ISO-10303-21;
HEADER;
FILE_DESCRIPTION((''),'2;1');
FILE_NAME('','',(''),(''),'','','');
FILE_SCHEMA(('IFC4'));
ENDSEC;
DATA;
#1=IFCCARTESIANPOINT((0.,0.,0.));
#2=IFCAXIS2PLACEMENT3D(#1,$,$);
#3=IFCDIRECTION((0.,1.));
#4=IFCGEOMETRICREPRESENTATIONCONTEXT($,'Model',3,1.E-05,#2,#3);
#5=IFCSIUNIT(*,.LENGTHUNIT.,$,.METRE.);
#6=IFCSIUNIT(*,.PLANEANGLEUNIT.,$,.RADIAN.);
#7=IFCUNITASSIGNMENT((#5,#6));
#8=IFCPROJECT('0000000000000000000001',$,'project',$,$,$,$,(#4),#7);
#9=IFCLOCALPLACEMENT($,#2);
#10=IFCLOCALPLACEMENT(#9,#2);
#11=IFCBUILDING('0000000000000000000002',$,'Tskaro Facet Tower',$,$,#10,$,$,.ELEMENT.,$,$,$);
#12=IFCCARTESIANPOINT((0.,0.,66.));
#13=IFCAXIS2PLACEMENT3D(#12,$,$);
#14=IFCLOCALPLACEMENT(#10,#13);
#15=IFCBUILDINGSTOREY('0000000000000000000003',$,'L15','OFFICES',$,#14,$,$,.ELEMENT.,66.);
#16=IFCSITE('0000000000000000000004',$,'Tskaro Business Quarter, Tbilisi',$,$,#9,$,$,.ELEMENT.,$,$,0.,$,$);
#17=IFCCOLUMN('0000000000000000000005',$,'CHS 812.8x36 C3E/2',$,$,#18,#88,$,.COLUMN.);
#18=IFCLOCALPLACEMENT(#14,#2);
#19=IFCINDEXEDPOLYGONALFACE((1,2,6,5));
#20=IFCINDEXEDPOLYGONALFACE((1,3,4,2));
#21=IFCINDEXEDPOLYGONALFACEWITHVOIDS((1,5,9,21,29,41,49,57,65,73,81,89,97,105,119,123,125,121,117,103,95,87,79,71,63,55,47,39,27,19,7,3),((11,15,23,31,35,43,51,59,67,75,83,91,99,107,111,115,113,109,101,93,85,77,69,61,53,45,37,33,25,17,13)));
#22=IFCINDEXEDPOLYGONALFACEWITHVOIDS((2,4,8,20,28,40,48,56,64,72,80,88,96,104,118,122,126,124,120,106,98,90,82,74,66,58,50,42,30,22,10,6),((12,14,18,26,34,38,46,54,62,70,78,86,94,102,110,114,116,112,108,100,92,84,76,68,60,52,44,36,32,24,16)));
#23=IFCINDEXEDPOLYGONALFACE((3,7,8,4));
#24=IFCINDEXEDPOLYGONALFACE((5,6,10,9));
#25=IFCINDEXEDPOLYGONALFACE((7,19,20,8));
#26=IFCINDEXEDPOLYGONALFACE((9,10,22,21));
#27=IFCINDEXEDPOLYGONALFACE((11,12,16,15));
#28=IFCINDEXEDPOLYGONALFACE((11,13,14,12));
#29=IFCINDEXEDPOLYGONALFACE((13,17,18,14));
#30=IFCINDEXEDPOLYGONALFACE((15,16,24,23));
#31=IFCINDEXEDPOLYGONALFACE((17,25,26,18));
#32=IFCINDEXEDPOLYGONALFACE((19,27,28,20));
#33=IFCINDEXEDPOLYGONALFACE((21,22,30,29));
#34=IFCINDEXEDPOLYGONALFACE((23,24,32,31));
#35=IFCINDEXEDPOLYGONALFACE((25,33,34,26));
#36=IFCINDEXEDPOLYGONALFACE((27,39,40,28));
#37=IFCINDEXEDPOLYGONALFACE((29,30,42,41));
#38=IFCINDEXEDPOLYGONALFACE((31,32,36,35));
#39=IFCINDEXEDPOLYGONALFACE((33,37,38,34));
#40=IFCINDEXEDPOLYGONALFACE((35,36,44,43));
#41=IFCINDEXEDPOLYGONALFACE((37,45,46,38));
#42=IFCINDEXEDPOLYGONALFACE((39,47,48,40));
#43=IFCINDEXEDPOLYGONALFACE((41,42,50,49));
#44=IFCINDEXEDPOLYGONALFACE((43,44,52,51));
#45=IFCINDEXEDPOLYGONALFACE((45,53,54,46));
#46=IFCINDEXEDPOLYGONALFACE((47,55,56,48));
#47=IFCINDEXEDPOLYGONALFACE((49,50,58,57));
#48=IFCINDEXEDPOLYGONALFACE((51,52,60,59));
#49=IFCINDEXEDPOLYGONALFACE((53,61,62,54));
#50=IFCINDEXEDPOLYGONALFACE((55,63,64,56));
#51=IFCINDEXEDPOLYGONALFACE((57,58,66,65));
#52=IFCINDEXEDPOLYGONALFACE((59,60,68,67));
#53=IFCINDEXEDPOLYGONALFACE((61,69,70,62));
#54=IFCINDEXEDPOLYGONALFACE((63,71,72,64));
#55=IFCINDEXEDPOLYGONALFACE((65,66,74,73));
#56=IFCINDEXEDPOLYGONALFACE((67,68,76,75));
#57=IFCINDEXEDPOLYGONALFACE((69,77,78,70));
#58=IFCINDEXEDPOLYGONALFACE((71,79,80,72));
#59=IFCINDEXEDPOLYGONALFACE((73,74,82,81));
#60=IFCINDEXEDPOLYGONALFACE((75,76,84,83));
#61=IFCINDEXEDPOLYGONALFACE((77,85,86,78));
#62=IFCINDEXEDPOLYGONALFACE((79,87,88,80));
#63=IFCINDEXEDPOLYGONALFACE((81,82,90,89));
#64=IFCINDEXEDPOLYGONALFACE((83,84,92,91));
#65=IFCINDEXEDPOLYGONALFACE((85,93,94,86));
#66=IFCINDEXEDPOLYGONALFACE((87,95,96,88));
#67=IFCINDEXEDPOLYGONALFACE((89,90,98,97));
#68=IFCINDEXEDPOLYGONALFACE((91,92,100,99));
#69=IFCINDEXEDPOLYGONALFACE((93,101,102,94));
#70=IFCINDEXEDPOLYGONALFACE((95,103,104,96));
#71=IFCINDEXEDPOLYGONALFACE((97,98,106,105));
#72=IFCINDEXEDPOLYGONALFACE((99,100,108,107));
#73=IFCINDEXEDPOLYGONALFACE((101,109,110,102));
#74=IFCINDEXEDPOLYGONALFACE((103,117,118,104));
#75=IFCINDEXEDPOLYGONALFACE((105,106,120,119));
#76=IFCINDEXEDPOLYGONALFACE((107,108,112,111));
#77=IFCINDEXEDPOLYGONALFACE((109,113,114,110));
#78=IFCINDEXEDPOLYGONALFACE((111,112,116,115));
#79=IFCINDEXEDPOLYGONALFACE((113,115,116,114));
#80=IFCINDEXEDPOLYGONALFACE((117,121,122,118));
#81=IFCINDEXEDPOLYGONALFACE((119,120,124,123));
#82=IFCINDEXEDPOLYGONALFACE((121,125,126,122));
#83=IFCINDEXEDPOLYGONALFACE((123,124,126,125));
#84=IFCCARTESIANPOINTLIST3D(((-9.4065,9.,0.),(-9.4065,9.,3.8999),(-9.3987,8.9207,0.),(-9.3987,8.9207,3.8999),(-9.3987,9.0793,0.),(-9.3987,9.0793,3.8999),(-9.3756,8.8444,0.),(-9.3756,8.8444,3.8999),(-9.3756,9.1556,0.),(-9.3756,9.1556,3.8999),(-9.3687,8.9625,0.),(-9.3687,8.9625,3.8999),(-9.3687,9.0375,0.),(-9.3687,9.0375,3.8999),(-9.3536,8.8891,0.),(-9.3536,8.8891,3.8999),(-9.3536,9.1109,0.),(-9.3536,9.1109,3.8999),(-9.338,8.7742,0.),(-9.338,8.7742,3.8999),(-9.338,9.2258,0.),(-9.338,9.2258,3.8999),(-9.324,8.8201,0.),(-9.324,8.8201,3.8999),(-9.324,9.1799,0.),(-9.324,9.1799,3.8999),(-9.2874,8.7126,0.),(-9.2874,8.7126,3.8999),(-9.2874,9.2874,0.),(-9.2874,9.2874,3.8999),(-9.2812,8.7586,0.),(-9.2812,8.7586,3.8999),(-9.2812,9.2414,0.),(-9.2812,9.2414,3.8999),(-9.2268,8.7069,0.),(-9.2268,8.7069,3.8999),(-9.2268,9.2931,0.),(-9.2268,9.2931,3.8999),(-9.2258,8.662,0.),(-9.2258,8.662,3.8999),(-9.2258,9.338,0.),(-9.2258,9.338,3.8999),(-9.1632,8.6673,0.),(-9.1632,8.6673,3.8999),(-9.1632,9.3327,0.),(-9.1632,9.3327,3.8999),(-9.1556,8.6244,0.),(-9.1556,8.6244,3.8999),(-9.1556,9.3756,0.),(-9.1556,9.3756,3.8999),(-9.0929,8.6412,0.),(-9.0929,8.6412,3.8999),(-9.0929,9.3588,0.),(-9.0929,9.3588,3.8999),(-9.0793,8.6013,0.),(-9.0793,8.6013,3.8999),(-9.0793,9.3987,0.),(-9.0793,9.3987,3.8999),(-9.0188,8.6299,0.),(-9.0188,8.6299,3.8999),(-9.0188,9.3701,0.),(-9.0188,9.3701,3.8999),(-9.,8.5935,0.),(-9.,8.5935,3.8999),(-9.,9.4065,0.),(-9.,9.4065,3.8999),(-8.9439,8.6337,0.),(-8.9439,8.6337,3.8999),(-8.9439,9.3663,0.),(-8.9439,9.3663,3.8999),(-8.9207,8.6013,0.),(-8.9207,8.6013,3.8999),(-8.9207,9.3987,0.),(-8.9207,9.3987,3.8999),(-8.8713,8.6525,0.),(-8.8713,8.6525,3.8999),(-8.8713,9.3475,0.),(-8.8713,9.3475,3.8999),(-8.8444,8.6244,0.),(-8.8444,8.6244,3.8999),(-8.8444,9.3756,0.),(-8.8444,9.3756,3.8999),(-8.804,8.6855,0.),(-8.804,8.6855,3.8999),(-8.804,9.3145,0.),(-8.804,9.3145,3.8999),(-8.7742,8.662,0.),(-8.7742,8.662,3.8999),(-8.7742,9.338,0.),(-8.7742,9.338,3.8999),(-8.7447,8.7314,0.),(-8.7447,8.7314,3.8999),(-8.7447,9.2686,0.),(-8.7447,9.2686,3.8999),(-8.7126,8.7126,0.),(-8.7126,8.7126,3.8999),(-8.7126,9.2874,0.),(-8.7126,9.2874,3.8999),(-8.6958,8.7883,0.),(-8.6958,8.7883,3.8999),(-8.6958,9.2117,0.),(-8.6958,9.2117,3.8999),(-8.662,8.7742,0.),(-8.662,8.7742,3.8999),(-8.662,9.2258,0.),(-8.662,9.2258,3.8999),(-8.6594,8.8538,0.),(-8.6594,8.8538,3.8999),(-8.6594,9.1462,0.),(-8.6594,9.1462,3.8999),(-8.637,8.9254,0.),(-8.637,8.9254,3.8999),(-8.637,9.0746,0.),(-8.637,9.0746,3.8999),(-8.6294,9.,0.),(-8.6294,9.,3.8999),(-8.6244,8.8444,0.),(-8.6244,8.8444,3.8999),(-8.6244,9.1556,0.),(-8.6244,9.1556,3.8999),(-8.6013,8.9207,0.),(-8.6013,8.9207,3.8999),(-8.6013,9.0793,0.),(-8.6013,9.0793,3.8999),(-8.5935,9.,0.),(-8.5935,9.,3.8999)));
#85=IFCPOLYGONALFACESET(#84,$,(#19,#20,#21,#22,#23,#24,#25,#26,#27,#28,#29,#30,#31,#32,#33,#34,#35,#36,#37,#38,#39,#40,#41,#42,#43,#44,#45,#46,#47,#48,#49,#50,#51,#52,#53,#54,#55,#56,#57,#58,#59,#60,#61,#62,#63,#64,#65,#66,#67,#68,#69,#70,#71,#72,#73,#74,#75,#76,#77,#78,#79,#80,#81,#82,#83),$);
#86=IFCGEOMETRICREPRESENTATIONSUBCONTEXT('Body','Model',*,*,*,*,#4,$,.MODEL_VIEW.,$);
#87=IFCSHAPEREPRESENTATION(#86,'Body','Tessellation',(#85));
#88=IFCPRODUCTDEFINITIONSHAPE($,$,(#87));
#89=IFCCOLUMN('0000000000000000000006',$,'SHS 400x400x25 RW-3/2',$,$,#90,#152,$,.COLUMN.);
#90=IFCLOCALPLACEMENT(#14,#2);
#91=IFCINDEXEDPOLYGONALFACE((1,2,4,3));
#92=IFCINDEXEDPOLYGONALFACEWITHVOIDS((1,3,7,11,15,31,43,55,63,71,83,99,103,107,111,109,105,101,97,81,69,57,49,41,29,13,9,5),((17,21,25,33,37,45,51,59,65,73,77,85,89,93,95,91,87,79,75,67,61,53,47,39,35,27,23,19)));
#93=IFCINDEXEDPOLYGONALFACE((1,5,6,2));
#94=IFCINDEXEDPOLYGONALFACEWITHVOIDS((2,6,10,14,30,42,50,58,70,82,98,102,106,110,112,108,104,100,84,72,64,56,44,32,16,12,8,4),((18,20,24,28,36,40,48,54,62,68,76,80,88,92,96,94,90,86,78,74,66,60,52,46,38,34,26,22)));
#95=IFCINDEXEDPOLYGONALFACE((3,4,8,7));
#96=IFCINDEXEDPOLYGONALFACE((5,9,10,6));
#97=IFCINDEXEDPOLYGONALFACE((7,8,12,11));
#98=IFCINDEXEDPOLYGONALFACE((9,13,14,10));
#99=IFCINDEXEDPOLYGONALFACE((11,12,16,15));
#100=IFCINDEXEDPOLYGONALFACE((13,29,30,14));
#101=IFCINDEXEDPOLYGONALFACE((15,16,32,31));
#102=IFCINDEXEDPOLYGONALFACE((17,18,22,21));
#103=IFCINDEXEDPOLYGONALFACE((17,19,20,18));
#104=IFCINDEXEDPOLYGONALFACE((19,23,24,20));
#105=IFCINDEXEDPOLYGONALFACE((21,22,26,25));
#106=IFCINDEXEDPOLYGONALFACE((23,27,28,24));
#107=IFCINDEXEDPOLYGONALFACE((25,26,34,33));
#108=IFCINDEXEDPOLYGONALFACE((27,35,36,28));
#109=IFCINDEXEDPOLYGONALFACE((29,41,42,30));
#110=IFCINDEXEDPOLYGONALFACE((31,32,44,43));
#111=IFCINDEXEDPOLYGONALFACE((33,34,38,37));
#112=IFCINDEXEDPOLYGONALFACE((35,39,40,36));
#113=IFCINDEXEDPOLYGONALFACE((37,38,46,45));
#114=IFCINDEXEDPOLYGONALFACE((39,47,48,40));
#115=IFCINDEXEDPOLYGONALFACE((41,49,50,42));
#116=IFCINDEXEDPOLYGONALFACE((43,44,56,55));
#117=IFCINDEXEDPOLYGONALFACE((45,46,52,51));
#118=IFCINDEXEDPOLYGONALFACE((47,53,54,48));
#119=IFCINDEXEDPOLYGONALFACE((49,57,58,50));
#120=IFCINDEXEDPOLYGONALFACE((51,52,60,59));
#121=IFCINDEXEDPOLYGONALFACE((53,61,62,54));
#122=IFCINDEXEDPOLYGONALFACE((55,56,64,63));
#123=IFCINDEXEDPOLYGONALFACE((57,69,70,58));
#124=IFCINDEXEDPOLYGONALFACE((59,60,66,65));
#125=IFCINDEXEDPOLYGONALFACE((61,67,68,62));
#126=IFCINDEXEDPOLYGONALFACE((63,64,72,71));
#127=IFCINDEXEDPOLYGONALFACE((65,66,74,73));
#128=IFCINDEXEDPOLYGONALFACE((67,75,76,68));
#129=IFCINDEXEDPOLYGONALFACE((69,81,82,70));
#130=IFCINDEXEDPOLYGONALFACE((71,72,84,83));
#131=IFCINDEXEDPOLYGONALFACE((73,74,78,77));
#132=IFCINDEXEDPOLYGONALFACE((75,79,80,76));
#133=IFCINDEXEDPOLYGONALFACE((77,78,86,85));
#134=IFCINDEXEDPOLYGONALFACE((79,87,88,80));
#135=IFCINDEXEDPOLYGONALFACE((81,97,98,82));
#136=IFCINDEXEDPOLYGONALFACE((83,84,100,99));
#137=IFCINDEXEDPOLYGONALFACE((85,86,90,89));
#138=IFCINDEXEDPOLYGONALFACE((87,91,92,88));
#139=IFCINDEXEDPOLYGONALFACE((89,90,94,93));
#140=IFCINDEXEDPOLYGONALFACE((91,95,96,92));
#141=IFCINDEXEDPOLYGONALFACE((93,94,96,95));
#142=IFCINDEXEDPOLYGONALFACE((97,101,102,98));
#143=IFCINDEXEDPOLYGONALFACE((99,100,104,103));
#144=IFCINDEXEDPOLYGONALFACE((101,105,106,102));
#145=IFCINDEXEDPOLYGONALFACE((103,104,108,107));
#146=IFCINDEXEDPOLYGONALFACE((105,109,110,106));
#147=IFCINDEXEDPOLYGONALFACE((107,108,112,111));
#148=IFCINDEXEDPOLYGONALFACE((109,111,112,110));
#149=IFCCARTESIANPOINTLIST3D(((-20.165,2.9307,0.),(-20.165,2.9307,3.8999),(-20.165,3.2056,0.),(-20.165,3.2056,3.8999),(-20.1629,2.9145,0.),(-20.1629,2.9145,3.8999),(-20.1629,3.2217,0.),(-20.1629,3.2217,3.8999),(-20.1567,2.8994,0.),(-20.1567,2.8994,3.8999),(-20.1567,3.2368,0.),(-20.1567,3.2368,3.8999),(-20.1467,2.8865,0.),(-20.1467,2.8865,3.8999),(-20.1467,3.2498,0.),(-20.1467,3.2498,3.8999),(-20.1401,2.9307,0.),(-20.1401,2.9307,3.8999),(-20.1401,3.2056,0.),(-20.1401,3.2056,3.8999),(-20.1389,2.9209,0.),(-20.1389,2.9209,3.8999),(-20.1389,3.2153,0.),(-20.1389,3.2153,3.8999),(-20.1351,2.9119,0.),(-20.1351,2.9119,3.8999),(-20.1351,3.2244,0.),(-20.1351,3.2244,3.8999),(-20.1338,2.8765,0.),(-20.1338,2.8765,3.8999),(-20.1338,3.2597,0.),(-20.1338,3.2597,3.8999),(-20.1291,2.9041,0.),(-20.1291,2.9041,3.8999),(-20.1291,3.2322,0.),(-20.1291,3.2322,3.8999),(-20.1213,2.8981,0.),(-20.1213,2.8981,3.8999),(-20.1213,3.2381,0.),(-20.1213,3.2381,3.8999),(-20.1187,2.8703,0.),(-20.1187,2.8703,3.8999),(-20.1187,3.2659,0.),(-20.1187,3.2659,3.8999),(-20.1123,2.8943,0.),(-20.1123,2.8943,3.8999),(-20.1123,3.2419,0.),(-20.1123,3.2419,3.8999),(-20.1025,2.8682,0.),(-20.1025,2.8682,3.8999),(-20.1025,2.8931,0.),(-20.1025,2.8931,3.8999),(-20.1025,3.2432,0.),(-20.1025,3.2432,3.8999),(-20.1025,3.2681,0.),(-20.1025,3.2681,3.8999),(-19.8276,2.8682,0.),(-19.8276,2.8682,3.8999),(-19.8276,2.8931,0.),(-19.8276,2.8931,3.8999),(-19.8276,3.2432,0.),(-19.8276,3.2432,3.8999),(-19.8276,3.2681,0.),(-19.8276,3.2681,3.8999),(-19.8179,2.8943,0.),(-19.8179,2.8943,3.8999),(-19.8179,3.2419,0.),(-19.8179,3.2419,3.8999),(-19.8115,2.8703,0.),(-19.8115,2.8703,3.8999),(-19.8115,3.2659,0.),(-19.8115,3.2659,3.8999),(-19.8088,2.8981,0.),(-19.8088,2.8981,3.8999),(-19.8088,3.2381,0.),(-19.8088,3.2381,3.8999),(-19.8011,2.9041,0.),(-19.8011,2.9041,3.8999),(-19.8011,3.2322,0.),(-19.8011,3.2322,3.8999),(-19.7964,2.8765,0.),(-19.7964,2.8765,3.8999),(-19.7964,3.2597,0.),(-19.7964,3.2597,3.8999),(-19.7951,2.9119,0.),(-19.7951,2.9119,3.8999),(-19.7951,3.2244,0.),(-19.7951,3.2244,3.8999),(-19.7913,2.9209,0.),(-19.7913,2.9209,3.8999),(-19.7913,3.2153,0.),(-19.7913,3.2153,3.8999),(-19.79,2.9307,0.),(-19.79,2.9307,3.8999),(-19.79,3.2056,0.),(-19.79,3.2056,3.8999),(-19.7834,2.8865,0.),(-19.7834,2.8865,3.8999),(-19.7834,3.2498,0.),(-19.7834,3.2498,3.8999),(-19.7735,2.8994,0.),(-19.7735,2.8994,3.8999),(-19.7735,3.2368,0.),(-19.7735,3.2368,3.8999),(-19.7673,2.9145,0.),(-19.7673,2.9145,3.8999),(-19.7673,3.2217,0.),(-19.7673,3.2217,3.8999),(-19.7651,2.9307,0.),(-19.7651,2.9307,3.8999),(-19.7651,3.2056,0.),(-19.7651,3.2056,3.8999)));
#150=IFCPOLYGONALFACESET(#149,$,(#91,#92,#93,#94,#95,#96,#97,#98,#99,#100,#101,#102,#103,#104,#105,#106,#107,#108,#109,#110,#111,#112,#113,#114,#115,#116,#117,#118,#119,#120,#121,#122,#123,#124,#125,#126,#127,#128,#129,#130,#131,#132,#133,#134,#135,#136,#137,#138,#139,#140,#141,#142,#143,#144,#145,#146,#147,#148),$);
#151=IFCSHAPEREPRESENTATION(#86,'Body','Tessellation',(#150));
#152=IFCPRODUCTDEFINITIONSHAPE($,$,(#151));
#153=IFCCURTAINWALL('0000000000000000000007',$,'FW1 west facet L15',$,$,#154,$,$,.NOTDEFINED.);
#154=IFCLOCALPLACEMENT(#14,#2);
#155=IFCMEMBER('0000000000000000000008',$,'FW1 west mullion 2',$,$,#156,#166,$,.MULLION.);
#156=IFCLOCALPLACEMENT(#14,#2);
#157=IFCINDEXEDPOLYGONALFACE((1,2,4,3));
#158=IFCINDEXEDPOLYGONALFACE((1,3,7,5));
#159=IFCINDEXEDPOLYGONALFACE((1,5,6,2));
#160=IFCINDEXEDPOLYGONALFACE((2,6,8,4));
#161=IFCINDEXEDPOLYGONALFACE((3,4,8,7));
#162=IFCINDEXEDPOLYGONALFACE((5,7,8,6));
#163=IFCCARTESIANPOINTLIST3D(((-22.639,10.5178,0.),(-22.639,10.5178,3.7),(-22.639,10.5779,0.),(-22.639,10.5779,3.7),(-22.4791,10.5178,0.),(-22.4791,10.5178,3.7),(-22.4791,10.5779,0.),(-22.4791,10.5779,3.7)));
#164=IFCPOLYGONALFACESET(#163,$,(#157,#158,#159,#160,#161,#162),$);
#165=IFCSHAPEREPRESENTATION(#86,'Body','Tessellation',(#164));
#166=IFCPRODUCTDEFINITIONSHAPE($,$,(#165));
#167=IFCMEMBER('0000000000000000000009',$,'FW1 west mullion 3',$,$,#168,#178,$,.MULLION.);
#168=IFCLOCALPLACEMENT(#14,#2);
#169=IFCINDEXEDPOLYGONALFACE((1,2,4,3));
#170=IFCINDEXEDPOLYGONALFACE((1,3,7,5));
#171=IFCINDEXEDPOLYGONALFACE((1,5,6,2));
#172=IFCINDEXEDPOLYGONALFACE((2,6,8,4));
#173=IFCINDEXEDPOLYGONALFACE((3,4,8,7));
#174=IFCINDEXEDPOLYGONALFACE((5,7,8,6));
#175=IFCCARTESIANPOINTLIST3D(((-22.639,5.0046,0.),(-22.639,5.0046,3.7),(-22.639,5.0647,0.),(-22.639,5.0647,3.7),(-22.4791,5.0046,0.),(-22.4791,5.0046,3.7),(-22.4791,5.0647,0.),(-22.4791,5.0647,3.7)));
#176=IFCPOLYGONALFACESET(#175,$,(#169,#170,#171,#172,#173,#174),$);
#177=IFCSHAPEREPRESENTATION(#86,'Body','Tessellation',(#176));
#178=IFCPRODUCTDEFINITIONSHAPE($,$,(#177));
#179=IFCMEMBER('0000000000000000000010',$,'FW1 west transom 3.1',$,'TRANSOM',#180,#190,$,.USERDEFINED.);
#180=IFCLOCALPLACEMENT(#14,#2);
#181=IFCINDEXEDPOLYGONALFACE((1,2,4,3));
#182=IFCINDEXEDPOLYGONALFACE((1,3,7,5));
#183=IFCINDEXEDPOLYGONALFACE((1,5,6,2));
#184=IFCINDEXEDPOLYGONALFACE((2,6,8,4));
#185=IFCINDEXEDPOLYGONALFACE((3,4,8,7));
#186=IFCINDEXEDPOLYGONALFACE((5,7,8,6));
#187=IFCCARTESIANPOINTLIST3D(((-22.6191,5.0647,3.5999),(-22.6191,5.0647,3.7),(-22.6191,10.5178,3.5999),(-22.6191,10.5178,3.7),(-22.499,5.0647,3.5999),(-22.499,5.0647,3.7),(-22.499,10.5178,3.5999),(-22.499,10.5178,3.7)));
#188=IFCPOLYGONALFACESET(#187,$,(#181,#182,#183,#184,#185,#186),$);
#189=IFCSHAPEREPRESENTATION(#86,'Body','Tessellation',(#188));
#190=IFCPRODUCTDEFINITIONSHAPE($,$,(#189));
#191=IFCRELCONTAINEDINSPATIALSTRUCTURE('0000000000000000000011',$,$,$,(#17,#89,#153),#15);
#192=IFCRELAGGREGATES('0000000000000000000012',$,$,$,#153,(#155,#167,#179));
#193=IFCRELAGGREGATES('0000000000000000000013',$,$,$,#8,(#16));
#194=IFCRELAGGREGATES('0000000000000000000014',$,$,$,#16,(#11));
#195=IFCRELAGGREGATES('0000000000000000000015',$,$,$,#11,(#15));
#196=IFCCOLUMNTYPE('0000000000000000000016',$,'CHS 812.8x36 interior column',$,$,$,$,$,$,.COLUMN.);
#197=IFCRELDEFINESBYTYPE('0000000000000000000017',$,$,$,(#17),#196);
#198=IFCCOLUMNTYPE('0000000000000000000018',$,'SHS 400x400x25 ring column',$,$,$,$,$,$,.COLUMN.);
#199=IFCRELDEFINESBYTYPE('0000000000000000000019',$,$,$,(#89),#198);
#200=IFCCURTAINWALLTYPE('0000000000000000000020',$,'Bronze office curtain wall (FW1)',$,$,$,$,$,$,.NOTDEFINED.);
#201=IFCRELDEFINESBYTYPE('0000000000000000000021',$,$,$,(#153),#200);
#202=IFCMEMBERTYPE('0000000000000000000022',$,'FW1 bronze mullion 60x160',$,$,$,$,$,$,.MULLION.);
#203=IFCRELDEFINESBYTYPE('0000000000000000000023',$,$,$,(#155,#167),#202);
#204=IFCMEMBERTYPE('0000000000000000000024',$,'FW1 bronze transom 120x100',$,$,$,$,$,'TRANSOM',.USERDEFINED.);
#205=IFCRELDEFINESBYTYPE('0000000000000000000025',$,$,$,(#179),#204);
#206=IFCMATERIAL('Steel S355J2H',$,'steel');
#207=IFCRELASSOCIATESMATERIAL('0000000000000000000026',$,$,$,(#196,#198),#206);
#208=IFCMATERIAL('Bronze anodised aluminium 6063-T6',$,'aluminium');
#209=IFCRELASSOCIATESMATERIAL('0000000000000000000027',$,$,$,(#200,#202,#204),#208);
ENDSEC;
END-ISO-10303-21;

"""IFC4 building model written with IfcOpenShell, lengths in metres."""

from ifc_helpers import new_model, si_unit, direction, frame, origin, origin_2d, place, context, subcontext, project, spatial, rectangle, hollow_rectangle, hollow_circle, extrude, material, material_profile, profile_set, type_object, element, aggregate, save


model = new_model("IFC4")

# Units and contexts
model_context = context("Model", 3, precision=1e-05, world=origin(), true_north=direction((0.0, 1.0)))
body_context = subcontext(model_context, "Body", "Model", "MODEL_VIEW")
ifc_project = project(units=[si_unit("LENGTHUNIT", "METRE"), si_unit("PLANEANGLEUNIT", "RADIAN")], contexts=[model_context])

# Site, building, storey
site_placement = place(None, origin())
site = spatial("IfcSite", under=ifc_project, at=site_placement, Name="Tskaro Business Quarter, Tbilisi", CompositionType="ELEMENT", RefElevation=0.0)
building_placement = place(site_placement, origin())
building = spatial("IfcBuilding", under=site, at=building_placement, Name="Tskaro Facet Tower", CompositionType="ELEMENT")
storey_placement = place(building_placement, frame((0.0, 0.0, 66.0)))
storey = spatial("IfcBuildingStorey", under=building, at=storey_placement, Name="L15", Description="OFFICES", CompositionType="ELEMENT", Elevation=66.0)

# Columns
ifc_material_1 = material(Name="Steel S355J2H", Category="steel")
ifc_material_profile_1 = material_profile(ifc_material_1, hollow_circle(Radius=0.4065, WallThickness=0.0359, at=origin_2d()), Name="CHS 812.8x36")
ifc_profile_set_1 = profile_set([ifc_material_profile_1], Name="Steel S355J2H")
column_type_1 = type_object("IfcColumnType", Name="CHS 812.8x36 interior column", PredefinedType="COLUMN", material=ifc_profile_set_1)
column_1_placement = place(storey_placement, frame((-9.0, 9.0, 0.0), z_axis=(0.0, 0.0, 1.0), x_axis=(1.0, 0.0, 0.0)))
element("IfcColumn", 1, at=column_1_placement, inside=storey, type_object=column_type_1, Name="CHS 812.8x36 C3E/2", PredefinedType="COLUMN", context=body_context, shape_type="SweptSolid", body=[
    extrude(hollow_circle(Radius=0.4065, WallThickness=0.0359, at=origin_2d()), origin(), (0.0, 0.0, 1.0), 3.8999),
])
ifc_material_profile_2 = material_profile(ifc_material_1, hollow_rectangle(XDim=0.3999, YDim=0.3999, WallThickness=0.0249, InnerFilletRadius=0.0376, OuterFilletRadius=0.0625, at=origin_2d()), Name="SHS 400x400x25")
ifc_profile_set_2 = profile_set([ifc_material_profile_2], Name="Steel S355J2H")
column_type_2 = type_object("IfcColumnType", Name="SHS 400x400x25 ring column", PredefinedType="COLUMN", material=ifc_profile_set_2)
column_2_placement = place(storey_placement, frame((-19.9651, 3.0681, 0.0), z_axis=(0.0, 0.0, 1.0), x_axis=(1.0, 0.0, 0.0)))
element("IfcColumn", 2, at=column_2_placement, inside=storey, type_object=column_type_2, Name="SHS 400x400x25 RW-3/2", PredefinedType="COLUMN", context=body_context, shape_type="SweptSolid", body=[
    extrude(hollow_rectangle(XDim=0.3999, YDim=0.3999, WallThickness=0.0249, InnerFilletRadius=0.0376, OuterFilletRadius=0.0625, at=origin_2d()), origin(), (0.0, 0.0, 1.0), 3.8999),
])

# Curtain wall, members
ifc_material_2 = material(Name="Bronze anodised aluminium 6063-T6", Category="aluminium")
curtain_wall_type = type_object("IfcCurtainWallType", Name="Bronze office curtain wall (FW1)", PredefinedType="NOTDEFINED", material=ifc_material_2)
curtain_wall_placement = place(storey_placement, origin())
curtain_wall = element("IfcCurtainWall", 3, at=curtain_wall_placement, inside=storey, type_object=curtain_wall_type, Name="FW1 west facet L15", PredefinedType="NOTDEFINED")
ifc_material_profile_3 = material_profile(ifc_material_2, rectangle(XDim=0.0601, YDim=0.1599, at=origin_2d()), Name="Mullion 60x160")
ifc_profile_set_3 = profile_set([ifc_material_profile_3], Name="Bronze anodised aluminium 6063-T6")
member_type_1 = type_object("IfcMemberType", Name="FW1 bronze mullion 60x160", PredefinedType="MULLION", material=ifc_profile_set_3)
member_1_placement = place(storey_placement, frame((-22.5591, 10.5479, 0.0), z_axis=(0.0, 0.0, 1.0), x_axis=(0.0, -1.0, 0.0)))
member_1 = element("IfcMember", 4, at=member_1_placement, type_object=member_type_1, Name="FW1 west mullion 2", PredefinedType="MULLION", context=body_context, shape_type="SweptSolid", body=[
    extrude(rectangle(XDim=0.0601, YDim=0.1599, at=origin_2d()), origin(), (0.0, 0.0, 1.0), 3.7),
])
member_2_placement = place(storey_placement, frame((-22.5591, 5.0347, 0.0), z_axis=(0.0, 0.0, 1.0), x_axis=(0.0, -1.0, 0.0)))
member_2 = element("IfcMember", 5, at=member_2_placement, type_object=member_type_1, Name="FW1 west mullion 3", PredefinedType="MULLION", context=body_context, shape_type="SweptSolid", body=[
    extrude(rectangle(XDim=0.0601, YDim=0.1599, at=origin_2d()), origin(), (0.0, 0.0, 1.0), 3.7),
])
ifc_material_profile_4 = material_profile(ifc_material_2, rectangle(XDim=0.1201, YDim=0.1001, at=origin_2d()), Name="Transom 120x100")
ifc_profile_set_4 = profile_set([ifc_material_profile_4], Name="Bronze anodised aluminium 6063-T6")
member_type_2 = type_object("IfcMemberType", Name="FW1 bronze transom 120x100", ElementType="TRANSOM", PredefinedType="USERDEFINED", material=ifc_profile_set_4)
member_3_placement = place(storey_placement, frame((-22.5591, 10.5178, 3.6499), z_axis=(0.0, -1.0, 0.0), x_axis=(1.0, 0.0, 0.0)))
member_3 = element("IfcMember", 6, at=member_3_placement, type_object=member_type_2, Name="FW1 west transom 3.1", ObjectType="TRANSOM", PredefinedType="USERDEFINED", context=body_context, shape_type="SweptSolid", body=[
    extrude(rectangle(XDim=0.1201, YDim=0.1001, at=origin_2d()), origin(), (0.0, 0.0, 1.0), 5.4531),
])

aggregate(curtain_wall, [member_1, member_2, member_3])

save(model, "model.ifc")
